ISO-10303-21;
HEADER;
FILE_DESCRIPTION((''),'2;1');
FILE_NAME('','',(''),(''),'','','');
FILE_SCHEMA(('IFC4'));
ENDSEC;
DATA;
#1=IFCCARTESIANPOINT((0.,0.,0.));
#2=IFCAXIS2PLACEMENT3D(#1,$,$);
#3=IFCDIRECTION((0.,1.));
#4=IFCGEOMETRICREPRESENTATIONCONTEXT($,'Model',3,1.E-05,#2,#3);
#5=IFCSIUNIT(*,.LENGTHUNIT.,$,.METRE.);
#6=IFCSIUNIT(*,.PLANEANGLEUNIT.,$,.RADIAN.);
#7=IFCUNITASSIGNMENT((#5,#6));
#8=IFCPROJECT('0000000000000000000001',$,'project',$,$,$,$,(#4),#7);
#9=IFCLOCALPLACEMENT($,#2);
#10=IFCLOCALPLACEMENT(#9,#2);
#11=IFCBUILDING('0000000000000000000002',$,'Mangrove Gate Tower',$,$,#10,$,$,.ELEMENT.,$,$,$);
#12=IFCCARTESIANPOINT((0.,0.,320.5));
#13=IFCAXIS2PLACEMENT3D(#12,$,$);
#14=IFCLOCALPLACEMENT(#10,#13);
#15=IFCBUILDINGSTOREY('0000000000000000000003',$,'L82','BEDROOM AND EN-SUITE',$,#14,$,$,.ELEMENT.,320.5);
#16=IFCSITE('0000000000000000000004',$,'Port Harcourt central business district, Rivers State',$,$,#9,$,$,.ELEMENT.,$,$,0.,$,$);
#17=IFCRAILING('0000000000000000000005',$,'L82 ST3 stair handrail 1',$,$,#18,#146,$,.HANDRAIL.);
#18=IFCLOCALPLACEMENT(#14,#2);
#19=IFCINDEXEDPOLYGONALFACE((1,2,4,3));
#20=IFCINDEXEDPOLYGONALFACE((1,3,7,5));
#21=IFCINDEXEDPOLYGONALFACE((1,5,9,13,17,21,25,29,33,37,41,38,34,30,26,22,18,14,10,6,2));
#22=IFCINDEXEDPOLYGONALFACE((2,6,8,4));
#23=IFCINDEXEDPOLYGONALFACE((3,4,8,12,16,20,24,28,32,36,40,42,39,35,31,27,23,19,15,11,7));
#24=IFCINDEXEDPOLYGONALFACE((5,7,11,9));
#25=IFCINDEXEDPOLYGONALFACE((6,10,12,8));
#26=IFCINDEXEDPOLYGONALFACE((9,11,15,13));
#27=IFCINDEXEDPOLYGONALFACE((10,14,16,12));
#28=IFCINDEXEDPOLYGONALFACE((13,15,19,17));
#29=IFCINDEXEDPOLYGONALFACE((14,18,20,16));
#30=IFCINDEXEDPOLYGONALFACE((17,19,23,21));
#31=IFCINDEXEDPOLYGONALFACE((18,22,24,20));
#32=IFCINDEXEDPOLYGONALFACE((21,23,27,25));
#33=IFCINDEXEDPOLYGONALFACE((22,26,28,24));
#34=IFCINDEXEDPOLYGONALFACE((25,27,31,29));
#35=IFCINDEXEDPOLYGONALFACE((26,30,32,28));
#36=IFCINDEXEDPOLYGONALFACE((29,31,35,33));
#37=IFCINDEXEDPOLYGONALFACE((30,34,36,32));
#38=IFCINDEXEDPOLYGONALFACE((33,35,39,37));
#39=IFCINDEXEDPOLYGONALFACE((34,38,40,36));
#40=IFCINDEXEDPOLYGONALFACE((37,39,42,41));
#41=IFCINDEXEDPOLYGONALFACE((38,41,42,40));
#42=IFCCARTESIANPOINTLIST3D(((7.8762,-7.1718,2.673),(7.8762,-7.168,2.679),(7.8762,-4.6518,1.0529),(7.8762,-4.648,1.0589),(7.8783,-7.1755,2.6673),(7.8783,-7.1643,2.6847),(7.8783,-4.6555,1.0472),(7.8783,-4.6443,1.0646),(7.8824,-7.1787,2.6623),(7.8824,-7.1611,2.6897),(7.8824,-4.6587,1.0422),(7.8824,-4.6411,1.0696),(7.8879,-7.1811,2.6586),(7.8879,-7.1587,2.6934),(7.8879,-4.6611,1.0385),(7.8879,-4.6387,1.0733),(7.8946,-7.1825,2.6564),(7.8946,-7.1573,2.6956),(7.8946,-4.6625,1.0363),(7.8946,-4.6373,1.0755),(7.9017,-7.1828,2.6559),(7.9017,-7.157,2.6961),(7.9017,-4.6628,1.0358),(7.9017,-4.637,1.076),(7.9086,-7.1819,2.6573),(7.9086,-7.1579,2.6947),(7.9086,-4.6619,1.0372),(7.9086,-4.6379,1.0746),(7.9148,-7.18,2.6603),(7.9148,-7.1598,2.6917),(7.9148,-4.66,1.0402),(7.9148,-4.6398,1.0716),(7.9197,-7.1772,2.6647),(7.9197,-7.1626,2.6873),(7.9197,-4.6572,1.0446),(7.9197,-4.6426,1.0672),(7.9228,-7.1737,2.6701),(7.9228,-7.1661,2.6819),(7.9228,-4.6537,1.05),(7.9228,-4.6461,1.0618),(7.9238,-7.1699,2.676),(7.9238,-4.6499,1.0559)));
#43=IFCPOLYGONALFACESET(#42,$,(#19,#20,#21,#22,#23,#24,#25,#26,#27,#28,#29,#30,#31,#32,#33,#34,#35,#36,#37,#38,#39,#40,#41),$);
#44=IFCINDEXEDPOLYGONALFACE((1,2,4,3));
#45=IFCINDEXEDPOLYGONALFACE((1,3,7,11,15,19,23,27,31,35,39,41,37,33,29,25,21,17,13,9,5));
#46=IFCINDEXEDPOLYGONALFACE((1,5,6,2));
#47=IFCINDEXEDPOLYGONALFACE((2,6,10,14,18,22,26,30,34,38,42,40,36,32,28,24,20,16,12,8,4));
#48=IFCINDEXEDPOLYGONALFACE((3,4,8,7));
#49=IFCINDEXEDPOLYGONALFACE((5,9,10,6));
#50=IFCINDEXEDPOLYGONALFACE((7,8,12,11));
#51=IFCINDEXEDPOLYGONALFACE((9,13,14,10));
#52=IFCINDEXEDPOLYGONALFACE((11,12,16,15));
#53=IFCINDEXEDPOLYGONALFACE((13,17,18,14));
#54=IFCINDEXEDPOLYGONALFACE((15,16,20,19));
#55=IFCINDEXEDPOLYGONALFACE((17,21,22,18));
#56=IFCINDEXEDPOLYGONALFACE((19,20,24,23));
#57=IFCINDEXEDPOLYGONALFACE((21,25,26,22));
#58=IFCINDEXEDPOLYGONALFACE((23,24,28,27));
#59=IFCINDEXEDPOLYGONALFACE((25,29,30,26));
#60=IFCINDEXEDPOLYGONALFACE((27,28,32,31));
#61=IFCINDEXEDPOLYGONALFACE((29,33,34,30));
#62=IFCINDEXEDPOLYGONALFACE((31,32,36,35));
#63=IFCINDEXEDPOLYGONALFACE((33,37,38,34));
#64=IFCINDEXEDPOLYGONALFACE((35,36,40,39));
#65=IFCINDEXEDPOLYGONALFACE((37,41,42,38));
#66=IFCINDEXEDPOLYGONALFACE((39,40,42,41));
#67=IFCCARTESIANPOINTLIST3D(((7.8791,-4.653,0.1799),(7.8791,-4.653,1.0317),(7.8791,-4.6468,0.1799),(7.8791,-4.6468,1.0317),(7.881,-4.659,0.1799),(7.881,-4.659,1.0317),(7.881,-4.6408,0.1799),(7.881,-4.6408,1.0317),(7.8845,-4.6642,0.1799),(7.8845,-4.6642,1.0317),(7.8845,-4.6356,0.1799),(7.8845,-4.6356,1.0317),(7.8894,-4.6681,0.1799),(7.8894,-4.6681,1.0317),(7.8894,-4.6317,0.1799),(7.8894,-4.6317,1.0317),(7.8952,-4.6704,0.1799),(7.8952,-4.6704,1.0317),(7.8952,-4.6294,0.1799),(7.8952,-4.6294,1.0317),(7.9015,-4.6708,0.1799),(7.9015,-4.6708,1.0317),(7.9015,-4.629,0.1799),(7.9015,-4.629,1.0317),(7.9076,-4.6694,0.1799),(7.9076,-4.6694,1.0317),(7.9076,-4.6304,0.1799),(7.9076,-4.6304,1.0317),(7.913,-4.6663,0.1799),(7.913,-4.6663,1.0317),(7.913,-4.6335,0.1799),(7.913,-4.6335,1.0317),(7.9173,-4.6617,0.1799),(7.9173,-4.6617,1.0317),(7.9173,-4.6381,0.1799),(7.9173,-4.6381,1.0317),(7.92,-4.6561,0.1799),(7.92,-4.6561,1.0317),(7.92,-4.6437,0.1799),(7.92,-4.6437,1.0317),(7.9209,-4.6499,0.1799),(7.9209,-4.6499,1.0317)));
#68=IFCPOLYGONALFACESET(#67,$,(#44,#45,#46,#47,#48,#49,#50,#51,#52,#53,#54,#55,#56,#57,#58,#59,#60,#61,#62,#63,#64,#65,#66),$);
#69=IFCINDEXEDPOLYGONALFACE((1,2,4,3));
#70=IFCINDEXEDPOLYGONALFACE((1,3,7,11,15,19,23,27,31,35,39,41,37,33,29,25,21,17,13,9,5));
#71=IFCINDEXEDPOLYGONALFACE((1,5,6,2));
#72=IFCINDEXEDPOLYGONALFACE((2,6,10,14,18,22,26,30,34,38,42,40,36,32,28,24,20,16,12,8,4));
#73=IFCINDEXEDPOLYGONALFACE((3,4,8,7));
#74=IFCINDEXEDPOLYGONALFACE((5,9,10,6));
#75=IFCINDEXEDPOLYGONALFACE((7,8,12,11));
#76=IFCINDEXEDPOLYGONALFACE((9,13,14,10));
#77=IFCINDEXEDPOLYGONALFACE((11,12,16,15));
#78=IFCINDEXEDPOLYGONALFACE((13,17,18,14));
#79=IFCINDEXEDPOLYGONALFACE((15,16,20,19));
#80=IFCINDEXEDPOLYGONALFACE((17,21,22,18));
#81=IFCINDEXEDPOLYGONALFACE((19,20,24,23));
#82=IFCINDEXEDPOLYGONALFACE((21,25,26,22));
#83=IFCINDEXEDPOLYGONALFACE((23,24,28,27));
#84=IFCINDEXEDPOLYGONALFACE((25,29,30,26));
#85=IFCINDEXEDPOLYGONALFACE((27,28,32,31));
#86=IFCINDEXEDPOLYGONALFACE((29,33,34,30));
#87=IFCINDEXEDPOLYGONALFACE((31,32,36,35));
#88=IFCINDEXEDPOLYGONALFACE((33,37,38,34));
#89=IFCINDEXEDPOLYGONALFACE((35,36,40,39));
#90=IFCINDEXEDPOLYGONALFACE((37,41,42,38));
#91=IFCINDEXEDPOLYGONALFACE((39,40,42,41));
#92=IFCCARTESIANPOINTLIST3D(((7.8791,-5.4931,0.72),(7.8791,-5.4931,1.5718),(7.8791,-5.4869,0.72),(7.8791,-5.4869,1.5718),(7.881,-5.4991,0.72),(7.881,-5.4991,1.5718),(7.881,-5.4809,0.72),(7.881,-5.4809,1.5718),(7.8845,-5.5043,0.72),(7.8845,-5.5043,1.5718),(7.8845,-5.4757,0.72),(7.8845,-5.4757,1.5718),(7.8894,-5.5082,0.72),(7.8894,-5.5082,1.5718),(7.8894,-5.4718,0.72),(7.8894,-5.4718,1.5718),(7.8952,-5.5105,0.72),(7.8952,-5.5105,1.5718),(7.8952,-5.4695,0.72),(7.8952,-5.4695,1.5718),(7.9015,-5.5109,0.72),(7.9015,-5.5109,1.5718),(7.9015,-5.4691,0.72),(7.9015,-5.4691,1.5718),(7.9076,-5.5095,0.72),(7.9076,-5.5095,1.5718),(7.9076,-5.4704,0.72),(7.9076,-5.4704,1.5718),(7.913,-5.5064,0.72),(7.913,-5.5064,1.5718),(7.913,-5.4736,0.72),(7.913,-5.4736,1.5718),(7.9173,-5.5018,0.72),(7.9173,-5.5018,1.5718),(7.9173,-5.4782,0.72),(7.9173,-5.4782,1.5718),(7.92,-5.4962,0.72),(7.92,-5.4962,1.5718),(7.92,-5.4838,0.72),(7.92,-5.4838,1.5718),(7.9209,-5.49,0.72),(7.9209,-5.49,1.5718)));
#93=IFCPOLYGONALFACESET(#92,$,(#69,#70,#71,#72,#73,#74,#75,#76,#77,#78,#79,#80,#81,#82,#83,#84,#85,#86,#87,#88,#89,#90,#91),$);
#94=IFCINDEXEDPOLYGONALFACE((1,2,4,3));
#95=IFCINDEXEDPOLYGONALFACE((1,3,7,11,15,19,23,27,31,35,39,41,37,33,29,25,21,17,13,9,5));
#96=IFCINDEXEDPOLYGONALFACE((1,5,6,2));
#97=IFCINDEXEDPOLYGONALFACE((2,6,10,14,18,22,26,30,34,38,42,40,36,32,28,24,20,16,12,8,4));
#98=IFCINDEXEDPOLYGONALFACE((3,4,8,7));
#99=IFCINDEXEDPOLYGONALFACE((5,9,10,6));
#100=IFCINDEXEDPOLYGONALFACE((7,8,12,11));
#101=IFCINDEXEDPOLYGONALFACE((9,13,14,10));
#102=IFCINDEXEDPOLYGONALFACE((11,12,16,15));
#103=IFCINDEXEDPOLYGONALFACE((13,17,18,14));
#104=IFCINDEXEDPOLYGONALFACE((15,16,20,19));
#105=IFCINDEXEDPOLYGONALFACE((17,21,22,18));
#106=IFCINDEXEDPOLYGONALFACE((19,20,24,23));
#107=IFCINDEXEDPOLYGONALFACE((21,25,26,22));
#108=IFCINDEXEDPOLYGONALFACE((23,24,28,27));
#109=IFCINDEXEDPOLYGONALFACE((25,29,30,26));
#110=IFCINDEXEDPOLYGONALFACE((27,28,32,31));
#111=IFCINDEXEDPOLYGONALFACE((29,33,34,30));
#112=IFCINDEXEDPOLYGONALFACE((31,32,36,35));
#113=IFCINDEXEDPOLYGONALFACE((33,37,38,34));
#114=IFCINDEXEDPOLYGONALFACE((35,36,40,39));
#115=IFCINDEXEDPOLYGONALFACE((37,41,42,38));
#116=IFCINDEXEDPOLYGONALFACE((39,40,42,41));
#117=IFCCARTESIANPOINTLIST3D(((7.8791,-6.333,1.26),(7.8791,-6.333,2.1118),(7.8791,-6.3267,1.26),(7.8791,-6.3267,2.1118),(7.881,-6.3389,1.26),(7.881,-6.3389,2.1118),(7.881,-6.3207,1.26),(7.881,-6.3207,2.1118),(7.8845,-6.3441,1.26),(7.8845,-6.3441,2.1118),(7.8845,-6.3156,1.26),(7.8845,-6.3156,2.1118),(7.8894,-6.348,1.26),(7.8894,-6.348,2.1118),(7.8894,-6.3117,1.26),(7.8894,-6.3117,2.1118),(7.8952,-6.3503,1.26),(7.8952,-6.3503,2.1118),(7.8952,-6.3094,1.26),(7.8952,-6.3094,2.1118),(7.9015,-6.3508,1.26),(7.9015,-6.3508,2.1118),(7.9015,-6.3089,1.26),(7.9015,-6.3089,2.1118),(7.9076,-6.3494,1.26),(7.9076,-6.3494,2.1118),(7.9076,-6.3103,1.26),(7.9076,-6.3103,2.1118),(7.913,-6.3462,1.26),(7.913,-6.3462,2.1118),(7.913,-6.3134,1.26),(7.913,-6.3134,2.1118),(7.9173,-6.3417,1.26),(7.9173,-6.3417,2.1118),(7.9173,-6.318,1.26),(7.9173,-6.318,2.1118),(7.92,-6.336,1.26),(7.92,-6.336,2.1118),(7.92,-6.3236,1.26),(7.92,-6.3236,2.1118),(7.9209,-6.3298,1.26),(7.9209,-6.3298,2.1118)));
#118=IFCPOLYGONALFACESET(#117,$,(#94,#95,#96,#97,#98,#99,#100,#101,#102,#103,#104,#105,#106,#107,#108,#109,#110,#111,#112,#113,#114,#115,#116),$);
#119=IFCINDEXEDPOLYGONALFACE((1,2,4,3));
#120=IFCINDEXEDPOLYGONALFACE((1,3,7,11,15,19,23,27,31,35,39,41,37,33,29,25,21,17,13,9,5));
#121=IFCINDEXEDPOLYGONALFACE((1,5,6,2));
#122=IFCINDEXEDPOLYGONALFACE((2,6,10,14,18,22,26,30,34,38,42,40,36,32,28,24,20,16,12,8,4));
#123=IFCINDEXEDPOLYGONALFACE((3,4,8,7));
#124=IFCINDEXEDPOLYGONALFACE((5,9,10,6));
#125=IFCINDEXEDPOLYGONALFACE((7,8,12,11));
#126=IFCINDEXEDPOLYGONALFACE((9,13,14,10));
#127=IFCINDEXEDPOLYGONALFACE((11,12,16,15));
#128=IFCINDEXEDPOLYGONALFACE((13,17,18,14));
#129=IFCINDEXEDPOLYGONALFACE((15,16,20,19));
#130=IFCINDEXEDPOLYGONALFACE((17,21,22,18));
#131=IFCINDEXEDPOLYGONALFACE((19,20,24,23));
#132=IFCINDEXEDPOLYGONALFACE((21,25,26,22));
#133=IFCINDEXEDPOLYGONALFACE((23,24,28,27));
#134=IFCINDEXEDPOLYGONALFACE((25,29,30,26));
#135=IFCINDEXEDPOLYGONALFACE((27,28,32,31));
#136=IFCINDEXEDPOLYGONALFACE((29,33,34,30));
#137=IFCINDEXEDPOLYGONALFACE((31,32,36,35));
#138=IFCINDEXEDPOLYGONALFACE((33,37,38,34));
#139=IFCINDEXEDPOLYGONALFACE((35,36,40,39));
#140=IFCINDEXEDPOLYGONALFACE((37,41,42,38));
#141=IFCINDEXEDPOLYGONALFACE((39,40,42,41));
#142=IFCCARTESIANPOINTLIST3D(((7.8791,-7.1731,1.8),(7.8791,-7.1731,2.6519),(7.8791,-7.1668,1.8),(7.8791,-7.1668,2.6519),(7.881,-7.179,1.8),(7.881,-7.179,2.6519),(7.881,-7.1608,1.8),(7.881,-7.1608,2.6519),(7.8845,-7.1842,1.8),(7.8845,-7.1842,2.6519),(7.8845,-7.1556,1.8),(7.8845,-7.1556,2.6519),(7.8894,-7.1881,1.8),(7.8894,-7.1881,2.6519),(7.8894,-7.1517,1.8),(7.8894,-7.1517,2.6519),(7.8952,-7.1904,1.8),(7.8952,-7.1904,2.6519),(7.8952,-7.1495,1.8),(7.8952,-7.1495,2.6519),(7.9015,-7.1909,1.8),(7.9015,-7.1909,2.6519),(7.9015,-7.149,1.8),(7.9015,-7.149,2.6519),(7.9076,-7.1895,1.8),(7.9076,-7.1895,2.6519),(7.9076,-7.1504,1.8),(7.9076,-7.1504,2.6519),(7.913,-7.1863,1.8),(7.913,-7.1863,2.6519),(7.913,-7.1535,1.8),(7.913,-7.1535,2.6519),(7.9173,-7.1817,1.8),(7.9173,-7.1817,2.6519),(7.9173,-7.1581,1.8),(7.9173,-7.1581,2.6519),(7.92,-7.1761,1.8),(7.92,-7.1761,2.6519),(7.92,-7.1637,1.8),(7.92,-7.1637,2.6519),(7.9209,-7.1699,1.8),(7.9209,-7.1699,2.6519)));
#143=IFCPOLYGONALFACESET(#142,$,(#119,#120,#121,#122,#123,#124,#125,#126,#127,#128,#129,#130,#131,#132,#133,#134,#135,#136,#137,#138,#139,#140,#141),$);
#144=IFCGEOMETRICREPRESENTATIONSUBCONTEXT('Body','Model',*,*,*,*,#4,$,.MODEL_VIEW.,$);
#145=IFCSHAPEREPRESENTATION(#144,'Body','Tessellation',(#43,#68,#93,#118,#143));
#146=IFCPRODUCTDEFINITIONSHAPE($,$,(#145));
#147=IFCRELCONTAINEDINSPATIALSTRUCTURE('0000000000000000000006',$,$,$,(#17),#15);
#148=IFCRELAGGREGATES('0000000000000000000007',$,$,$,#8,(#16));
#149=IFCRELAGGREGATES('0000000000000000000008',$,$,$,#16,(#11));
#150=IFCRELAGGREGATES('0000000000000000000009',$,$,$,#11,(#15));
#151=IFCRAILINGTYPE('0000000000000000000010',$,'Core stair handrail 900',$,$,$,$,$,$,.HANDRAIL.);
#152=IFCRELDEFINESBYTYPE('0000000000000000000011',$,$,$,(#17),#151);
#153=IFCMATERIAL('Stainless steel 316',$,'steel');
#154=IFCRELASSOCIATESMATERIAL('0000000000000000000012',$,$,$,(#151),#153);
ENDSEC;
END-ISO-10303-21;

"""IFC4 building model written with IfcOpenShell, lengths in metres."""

from ifc_helpers import new_model, si_unit, direction, frame, origin, origin_2d, place, context, subcontext, project, spatial, circle, extrude, material, type_object, element, save


model = new_model("IFC4")

# Units and contexts
model_context = context("Model", 3, precision=1e-05, world=origin(), true_north=direction((0.0, 1.0)))
body_context = subcontext(model_context, "Body", "Model", "MODEL_VIEW")
ifc_project = project(units=[si_unit("LENGTHUNIT", "METRE"), si_unit("PLANEANGLEUNIT", "RADIAN")], contexts=[model_context])

# Site, building, storey
site_placement = place(None, origin())
site = spatial("IfcSite", under=ifc_project, at=site_placement, Name="Port Harcourt central business district, Rivers State", CompositionType="ELEMENT", RefElevation=0.0)
building_placement = place(site_placement, origin())
building = spatial("IfcBuilding", under=site, at=building_placement, Name="Mangrove Gate Tower", CompositionType="ELEMENT")
storey_placement = place(building_placement, frame((0.0, 0.0, 320.5)))
storey = spatial("IfcBuildingStorey", under=building, at=storey_placement, Name="L82", Description="BEDROOM AND EN-SUITE", CompositionType="ELEMENT", Elevation=320.5)

# Railing
ifc_material_1 = material(Name="Stainless steel 316", Category="steel")
railing_type_1 = type_object("IfcRailingType", Name="Core stair handrail 900", PredefinedType="HANDRAIL", material=ifc_material_1)
railing_1_placement = place(storey_placement, frame((7.8999, -4.6499, 0.1799)))
element("IfcRailing", 1, at=railing_1_placement, inside=storey, type_object=railing_type_1, Name="L82 ST3 stair handrail 1", PredefinedType="HANDRAIL", context=body_context, shape_type="SweptSolid", body=[
    extrude(circle(Radius=0.0239, at=origin_2d()), frame((0.0, 0.0, 0.876), z_axis=(0.0, -0.841163, 0.540782), x_axis=(1.0, 0.0, 0.0)), (0.0, 0.0, 1.0), 2.9958),
    extrude(circle(Radius=0.021, at=origin_2d()), origin(), (0.0, 0.0, 1.0), 0.8518),
    extrude(circle(Radius=0.021, at=origin_2d()), frame((0.0, -0.8401, 0.54)), (0.0, 0.0, 1.0), 0.8518),
    extrude(circle(Radius=0.021, at=origin_2d()), frame((0.0, -1.6799, 1.0801)), (0.0, 0.0, 1.0), 0.8518),
    extrude(circle(Radius=0.021, at=origin_2d()), frame((0.0, -2.52, 1.6201)), (0.0, 0.0, 1.0), 0.8518),
])

save(model, "model.ifc")
